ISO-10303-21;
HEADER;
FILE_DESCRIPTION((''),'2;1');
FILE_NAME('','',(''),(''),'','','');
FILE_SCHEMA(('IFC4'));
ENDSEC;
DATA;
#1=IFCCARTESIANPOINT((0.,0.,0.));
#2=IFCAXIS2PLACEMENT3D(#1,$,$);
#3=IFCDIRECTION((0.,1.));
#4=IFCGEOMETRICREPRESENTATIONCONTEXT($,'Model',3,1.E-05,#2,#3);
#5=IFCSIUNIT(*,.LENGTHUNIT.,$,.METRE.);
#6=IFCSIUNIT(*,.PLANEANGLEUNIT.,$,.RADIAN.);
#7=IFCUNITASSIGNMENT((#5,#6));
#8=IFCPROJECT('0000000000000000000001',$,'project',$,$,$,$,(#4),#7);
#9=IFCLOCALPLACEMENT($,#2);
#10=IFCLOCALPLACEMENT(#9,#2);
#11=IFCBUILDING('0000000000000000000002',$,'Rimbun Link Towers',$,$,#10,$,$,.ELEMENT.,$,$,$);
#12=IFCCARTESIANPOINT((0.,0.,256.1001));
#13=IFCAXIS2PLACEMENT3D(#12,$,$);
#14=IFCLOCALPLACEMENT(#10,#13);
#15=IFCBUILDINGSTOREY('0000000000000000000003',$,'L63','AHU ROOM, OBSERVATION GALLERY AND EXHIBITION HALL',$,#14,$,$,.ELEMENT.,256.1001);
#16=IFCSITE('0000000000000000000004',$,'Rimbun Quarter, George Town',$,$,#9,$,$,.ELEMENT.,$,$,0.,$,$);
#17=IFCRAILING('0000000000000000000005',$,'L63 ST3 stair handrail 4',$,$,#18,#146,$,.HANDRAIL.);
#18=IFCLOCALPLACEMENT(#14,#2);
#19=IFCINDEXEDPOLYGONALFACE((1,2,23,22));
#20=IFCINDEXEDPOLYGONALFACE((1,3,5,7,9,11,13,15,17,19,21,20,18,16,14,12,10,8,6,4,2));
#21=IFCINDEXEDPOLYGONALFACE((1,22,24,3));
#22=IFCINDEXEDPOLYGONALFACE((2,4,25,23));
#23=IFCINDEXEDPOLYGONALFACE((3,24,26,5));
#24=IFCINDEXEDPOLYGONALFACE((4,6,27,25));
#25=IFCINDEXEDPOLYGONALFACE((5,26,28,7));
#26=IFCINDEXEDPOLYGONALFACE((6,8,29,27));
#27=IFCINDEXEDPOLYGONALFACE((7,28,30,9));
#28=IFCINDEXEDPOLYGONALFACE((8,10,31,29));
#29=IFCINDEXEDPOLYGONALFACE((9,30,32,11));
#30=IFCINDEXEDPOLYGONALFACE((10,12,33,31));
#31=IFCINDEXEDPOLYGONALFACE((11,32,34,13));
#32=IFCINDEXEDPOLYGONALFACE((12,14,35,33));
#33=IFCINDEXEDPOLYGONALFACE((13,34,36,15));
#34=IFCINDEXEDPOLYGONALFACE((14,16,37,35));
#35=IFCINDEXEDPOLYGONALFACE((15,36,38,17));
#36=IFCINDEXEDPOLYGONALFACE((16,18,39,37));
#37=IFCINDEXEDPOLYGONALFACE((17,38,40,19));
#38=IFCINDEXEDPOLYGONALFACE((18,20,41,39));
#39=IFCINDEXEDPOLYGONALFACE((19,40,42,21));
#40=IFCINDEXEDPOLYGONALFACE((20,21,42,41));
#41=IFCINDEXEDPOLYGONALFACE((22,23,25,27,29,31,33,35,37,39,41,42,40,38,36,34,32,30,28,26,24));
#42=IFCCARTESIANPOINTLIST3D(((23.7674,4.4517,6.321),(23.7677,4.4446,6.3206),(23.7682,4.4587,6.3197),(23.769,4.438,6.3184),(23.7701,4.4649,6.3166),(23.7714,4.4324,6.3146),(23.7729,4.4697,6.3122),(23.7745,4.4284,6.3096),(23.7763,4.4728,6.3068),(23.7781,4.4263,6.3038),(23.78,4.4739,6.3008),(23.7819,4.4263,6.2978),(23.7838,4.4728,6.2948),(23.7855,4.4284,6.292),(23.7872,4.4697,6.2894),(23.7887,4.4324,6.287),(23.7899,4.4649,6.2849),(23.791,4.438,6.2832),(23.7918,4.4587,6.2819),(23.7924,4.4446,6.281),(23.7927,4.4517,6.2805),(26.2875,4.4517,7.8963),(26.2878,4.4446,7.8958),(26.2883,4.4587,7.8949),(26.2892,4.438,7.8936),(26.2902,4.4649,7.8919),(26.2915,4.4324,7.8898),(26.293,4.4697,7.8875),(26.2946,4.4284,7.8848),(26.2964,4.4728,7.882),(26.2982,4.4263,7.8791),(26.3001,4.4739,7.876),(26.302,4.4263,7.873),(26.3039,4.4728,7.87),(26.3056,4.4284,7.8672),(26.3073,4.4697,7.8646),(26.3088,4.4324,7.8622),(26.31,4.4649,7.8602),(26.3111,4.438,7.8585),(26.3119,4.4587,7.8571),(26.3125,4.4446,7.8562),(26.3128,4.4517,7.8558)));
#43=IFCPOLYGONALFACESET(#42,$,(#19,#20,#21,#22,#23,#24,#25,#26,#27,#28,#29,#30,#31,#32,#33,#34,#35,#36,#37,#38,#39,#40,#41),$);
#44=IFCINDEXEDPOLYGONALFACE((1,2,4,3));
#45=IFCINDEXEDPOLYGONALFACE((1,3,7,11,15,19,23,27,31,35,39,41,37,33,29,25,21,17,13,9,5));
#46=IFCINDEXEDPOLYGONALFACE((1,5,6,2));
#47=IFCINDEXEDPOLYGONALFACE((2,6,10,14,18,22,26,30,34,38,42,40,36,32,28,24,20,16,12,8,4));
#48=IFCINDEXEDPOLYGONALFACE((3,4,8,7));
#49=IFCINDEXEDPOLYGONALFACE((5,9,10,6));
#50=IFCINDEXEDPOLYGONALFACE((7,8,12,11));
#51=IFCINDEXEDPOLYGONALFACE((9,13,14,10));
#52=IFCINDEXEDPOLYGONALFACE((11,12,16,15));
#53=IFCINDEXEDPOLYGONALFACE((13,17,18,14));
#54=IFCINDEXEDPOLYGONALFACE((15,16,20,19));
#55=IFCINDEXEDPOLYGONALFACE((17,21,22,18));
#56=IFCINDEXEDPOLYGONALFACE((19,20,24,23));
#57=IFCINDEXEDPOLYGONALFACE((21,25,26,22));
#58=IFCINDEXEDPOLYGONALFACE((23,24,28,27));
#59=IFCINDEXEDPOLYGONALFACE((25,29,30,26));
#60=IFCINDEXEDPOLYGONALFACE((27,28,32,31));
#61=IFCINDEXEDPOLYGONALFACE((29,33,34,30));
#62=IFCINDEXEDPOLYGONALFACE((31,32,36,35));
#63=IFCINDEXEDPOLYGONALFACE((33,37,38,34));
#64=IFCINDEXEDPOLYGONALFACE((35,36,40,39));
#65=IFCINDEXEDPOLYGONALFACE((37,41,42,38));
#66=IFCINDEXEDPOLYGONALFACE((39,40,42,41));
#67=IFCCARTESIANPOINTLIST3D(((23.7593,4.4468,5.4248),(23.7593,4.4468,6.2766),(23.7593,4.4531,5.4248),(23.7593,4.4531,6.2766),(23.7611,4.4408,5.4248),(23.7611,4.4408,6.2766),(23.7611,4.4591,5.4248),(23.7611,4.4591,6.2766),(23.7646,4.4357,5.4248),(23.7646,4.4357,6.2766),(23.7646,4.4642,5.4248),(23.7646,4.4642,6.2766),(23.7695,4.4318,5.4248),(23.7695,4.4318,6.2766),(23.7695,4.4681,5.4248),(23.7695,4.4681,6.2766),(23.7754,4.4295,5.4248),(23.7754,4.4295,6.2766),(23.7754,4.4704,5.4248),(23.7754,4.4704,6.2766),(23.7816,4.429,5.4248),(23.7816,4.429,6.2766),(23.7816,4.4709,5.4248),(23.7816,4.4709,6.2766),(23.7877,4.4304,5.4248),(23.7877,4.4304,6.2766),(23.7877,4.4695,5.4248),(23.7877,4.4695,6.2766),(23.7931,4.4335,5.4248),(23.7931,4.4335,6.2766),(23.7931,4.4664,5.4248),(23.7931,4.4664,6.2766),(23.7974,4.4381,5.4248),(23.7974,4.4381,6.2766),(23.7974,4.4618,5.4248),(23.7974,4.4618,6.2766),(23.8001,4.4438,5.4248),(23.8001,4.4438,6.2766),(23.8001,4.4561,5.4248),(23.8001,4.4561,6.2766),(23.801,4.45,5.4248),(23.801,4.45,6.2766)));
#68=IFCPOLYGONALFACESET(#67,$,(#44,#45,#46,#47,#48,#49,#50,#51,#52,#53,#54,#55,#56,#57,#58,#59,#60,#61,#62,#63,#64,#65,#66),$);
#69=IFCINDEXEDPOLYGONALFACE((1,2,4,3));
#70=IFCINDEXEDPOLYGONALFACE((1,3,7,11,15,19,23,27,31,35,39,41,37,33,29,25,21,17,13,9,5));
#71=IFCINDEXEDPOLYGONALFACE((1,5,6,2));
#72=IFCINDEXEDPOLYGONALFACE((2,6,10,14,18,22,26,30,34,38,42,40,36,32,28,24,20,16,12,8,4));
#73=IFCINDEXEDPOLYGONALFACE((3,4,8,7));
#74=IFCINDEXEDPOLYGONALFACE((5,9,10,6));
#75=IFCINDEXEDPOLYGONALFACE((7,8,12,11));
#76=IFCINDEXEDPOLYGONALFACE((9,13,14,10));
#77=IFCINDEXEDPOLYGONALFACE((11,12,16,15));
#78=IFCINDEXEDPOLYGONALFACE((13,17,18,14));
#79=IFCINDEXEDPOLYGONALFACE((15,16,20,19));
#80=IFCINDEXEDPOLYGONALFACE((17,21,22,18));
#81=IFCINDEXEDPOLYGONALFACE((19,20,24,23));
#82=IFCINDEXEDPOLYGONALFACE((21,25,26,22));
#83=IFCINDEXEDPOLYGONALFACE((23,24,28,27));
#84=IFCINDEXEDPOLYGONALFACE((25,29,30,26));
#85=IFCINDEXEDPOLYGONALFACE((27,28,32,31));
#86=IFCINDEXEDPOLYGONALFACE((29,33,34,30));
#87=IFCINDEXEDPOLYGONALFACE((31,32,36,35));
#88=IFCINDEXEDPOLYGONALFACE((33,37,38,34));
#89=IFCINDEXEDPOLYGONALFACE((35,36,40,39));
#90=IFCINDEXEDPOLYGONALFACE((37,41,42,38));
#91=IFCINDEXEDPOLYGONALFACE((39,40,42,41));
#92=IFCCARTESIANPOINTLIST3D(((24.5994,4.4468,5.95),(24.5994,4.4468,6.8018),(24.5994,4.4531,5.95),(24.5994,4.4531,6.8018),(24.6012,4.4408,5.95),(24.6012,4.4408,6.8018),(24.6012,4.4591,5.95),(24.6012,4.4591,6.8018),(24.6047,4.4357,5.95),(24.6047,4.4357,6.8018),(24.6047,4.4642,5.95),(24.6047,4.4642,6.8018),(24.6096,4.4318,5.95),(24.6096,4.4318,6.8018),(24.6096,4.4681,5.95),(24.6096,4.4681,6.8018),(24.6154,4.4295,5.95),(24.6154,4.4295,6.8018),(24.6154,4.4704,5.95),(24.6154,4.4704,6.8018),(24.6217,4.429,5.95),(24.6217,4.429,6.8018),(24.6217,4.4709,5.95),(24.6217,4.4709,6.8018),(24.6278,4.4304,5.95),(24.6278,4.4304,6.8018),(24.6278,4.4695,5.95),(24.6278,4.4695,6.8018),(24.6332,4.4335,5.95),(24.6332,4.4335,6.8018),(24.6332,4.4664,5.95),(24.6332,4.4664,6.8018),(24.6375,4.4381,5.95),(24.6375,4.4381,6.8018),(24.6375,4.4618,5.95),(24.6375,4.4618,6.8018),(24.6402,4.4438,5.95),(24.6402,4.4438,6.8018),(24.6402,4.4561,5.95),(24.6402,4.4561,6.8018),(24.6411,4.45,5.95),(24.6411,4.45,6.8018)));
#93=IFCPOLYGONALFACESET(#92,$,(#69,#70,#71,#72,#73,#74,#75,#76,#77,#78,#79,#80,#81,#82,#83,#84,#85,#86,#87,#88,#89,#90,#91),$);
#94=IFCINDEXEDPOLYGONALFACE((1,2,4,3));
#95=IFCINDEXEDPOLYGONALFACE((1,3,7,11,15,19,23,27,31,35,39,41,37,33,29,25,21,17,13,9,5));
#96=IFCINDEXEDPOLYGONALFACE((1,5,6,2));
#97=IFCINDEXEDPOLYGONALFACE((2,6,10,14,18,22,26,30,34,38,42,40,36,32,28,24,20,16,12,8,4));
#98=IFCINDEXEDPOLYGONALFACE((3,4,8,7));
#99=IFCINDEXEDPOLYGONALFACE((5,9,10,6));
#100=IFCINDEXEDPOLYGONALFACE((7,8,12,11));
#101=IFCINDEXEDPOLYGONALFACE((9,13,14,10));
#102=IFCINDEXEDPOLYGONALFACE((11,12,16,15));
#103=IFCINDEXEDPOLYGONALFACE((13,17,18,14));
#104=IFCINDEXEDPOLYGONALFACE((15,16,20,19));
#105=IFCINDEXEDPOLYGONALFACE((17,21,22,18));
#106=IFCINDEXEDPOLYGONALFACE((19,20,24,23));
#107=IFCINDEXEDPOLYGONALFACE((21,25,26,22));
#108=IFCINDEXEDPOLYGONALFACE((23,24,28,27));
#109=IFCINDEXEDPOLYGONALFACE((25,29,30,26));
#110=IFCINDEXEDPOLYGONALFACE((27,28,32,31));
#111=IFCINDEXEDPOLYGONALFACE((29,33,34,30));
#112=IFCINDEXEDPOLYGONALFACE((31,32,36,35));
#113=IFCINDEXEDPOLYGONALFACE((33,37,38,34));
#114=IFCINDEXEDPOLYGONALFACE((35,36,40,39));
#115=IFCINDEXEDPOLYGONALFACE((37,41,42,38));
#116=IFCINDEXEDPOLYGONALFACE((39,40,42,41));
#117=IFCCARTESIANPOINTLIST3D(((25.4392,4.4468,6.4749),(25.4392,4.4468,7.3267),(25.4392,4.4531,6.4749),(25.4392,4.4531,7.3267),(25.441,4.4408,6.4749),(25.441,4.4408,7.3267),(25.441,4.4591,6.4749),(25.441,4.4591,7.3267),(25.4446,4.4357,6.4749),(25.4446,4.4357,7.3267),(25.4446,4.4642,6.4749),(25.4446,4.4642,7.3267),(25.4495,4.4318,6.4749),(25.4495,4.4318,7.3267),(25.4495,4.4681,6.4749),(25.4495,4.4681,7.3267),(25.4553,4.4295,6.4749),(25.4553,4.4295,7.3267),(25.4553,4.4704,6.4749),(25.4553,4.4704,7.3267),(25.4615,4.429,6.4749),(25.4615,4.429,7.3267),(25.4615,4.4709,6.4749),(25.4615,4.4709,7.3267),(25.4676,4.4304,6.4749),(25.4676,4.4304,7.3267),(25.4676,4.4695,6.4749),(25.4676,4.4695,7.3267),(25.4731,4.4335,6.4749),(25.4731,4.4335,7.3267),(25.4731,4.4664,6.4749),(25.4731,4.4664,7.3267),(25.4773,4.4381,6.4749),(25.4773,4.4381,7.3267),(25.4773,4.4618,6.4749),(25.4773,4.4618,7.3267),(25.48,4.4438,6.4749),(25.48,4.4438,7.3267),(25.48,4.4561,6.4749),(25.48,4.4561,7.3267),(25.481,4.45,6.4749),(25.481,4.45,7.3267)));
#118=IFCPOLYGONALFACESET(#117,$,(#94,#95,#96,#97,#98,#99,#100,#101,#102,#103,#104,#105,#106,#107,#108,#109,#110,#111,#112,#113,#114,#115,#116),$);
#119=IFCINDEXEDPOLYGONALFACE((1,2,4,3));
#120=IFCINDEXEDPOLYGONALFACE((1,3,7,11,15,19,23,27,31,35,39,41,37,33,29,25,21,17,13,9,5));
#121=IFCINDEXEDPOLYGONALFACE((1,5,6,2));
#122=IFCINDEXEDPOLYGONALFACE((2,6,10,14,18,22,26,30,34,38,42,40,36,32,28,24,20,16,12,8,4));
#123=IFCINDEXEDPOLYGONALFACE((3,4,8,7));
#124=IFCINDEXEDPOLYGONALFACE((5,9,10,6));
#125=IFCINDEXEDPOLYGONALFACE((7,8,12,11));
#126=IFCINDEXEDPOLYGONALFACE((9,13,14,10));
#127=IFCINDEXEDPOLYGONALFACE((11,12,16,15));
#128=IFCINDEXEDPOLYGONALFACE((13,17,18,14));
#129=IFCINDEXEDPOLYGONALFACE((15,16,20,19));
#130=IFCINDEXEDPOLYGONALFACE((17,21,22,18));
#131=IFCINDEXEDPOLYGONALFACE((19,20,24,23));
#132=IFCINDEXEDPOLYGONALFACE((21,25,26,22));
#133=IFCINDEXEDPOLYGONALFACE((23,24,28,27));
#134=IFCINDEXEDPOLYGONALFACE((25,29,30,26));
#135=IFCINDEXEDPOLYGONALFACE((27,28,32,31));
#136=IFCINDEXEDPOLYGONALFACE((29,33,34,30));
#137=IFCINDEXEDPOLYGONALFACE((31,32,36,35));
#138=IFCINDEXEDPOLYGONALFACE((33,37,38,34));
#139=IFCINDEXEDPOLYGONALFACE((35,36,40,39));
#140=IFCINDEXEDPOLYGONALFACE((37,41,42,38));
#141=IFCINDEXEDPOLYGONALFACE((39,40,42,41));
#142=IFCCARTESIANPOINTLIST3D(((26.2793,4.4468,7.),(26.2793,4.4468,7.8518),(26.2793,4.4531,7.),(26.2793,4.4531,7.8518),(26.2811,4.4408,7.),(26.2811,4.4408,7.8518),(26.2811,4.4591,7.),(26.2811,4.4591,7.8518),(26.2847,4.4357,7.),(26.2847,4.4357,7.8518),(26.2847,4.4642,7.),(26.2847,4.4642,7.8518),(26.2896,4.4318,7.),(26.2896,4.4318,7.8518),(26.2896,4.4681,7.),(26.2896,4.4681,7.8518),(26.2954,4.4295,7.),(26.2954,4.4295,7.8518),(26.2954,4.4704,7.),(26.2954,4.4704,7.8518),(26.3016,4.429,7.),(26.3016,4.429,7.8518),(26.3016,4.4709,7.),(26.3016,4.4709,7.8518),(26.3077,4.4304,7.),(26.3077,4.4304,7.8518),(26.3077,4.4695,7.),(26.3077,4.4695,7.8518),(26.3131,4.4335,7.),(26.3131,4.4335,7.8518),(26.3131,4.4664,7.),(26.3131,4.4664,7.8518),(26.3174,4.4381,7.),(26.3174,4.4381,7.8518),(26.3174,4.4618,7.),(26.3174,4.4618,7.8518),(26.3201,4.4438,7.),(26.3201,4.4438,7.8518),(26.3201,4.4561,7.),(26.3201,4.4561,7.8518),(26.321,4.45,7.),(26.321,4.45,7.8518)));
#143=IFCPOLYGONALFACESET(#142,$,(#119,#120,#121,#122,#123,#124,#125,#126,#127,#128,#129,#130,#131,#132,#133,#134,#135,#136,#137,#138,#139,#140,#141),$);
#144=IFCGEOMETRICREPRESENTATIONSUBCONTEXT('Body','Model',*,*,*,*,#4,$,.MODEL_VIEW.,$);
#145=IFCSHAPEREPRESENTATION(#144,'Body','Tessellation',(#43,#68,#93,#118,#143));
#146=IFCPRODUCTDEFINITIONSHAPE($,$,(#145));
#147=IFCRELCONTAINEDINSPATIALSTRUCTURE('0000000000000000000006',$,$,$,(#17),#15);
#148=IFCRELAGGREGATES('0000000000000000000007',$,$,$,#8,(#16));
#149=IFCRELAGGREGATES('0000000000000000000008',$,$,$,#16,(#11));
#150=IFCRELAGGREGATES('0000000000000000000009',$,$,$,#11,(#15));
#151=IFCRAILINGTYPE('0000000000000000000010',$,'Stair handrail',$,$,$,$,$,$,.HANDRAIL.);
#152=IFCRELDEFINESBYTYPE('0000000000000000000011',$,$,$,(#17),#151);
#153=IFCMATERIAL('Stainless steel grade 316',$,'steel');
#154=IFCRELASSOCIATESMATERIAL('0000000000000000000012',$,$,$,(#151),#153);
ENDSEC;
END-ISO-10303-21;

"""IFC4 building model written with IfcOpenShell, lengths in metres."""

from ifc_helpers import new_model, si_unit, direction, frame, origin, origin_2d, place, context, subcontext, project, spatial, circle, extrude, material, type_object, element, save


model = new_model("IFC4")

# Units and contexts
model_context = context("Model", 3, precision=1e-05, world=origin(), true_north=direction((0.0, 1.0)))
body_context = subcontext(model_context, "Body", "Model", "MODEL_VIEW")
ifc_project = project(units=[si_unit("LENGTHUNIT", "METRE"), si_unit("PLANEANGLEUNIT", "RADIAN")], contexts=[model_context])

# Site, building, storey
site_placement = place(None, origin())
site = spatial("IfcSite", under=ifc_project, at=site_placement, Name="Rimbun Quarter, George Town", CompositionType="ELEMENT", RefElevation=0.0)
building_placement = place(site_placement, origin())
building = spatial("IfcBuilding", under=site, at=building_placement, Name="Rimbun Link Towers", CompositionType="ELEMENT")
storey_placement = place(building_placement, frame((0.0, 0.0, 256.1001)))
storey = spatial("IfcBuildingStorey", under=building, at=storey_placement, Name="L63", Description="AHU ROOM, OBSERVATION GALLERY AND EXHIBITION HALL", CompositionType="ELEMENT", Elevation=256.1001)

# Railing
ifc_material_1 = material(Name="Stainless steel grade 316", Category="steel")
railing_type_1 = type_object("IfcRailingType", Name="Stair handrail", PredefinedType="HANDRAIL", material=ifc_material_1)
railing_1_placement = place(storey_placement, frame((23.78, 4.45, 5.4248)))
element("IfcRailing", 1, at=railing_1_placement, inside=storey, type_object=railing_type_1, Name="L63 ST3 stair handrail 4", PredefinedType="HANDRAIL", context=body_context, shape_type="SweptSolid", body=[
    extrude(circle(Radius=0.0239, at=origin_2d()), frame((0.0, 0.0, 0.876), z_axis=(0.847971, 0.0, 0.530043), x_axis=(0.0, 1.0, 0.0)), (0.0, 0.0, 1.0), 2.9719),
    extrude(circle(Radius=0.021, at=origin_2d()), origin(), (0.0, 0.0, 1.0), 0.8518),
    extrude(circle(Radius=0.021, at=origin_2d()), frame((0.8401, 0.0, 0.5251)), (0.0, 0.0, 1.0), 0.8518),
    extrude(circle(Radius=0.021, at=origin_2d()), frame((1.6799, 0.0, 1.05)), (0.0, 0.0, 1.0), 0.8518),
    extrude(circle(Radius=0.021, at=origin_2d()), frame((2.52, 0.0, 1.5752)), (0.0, 0.0, 1.0), 0.8518),
])

save(model, "model.ifc")
